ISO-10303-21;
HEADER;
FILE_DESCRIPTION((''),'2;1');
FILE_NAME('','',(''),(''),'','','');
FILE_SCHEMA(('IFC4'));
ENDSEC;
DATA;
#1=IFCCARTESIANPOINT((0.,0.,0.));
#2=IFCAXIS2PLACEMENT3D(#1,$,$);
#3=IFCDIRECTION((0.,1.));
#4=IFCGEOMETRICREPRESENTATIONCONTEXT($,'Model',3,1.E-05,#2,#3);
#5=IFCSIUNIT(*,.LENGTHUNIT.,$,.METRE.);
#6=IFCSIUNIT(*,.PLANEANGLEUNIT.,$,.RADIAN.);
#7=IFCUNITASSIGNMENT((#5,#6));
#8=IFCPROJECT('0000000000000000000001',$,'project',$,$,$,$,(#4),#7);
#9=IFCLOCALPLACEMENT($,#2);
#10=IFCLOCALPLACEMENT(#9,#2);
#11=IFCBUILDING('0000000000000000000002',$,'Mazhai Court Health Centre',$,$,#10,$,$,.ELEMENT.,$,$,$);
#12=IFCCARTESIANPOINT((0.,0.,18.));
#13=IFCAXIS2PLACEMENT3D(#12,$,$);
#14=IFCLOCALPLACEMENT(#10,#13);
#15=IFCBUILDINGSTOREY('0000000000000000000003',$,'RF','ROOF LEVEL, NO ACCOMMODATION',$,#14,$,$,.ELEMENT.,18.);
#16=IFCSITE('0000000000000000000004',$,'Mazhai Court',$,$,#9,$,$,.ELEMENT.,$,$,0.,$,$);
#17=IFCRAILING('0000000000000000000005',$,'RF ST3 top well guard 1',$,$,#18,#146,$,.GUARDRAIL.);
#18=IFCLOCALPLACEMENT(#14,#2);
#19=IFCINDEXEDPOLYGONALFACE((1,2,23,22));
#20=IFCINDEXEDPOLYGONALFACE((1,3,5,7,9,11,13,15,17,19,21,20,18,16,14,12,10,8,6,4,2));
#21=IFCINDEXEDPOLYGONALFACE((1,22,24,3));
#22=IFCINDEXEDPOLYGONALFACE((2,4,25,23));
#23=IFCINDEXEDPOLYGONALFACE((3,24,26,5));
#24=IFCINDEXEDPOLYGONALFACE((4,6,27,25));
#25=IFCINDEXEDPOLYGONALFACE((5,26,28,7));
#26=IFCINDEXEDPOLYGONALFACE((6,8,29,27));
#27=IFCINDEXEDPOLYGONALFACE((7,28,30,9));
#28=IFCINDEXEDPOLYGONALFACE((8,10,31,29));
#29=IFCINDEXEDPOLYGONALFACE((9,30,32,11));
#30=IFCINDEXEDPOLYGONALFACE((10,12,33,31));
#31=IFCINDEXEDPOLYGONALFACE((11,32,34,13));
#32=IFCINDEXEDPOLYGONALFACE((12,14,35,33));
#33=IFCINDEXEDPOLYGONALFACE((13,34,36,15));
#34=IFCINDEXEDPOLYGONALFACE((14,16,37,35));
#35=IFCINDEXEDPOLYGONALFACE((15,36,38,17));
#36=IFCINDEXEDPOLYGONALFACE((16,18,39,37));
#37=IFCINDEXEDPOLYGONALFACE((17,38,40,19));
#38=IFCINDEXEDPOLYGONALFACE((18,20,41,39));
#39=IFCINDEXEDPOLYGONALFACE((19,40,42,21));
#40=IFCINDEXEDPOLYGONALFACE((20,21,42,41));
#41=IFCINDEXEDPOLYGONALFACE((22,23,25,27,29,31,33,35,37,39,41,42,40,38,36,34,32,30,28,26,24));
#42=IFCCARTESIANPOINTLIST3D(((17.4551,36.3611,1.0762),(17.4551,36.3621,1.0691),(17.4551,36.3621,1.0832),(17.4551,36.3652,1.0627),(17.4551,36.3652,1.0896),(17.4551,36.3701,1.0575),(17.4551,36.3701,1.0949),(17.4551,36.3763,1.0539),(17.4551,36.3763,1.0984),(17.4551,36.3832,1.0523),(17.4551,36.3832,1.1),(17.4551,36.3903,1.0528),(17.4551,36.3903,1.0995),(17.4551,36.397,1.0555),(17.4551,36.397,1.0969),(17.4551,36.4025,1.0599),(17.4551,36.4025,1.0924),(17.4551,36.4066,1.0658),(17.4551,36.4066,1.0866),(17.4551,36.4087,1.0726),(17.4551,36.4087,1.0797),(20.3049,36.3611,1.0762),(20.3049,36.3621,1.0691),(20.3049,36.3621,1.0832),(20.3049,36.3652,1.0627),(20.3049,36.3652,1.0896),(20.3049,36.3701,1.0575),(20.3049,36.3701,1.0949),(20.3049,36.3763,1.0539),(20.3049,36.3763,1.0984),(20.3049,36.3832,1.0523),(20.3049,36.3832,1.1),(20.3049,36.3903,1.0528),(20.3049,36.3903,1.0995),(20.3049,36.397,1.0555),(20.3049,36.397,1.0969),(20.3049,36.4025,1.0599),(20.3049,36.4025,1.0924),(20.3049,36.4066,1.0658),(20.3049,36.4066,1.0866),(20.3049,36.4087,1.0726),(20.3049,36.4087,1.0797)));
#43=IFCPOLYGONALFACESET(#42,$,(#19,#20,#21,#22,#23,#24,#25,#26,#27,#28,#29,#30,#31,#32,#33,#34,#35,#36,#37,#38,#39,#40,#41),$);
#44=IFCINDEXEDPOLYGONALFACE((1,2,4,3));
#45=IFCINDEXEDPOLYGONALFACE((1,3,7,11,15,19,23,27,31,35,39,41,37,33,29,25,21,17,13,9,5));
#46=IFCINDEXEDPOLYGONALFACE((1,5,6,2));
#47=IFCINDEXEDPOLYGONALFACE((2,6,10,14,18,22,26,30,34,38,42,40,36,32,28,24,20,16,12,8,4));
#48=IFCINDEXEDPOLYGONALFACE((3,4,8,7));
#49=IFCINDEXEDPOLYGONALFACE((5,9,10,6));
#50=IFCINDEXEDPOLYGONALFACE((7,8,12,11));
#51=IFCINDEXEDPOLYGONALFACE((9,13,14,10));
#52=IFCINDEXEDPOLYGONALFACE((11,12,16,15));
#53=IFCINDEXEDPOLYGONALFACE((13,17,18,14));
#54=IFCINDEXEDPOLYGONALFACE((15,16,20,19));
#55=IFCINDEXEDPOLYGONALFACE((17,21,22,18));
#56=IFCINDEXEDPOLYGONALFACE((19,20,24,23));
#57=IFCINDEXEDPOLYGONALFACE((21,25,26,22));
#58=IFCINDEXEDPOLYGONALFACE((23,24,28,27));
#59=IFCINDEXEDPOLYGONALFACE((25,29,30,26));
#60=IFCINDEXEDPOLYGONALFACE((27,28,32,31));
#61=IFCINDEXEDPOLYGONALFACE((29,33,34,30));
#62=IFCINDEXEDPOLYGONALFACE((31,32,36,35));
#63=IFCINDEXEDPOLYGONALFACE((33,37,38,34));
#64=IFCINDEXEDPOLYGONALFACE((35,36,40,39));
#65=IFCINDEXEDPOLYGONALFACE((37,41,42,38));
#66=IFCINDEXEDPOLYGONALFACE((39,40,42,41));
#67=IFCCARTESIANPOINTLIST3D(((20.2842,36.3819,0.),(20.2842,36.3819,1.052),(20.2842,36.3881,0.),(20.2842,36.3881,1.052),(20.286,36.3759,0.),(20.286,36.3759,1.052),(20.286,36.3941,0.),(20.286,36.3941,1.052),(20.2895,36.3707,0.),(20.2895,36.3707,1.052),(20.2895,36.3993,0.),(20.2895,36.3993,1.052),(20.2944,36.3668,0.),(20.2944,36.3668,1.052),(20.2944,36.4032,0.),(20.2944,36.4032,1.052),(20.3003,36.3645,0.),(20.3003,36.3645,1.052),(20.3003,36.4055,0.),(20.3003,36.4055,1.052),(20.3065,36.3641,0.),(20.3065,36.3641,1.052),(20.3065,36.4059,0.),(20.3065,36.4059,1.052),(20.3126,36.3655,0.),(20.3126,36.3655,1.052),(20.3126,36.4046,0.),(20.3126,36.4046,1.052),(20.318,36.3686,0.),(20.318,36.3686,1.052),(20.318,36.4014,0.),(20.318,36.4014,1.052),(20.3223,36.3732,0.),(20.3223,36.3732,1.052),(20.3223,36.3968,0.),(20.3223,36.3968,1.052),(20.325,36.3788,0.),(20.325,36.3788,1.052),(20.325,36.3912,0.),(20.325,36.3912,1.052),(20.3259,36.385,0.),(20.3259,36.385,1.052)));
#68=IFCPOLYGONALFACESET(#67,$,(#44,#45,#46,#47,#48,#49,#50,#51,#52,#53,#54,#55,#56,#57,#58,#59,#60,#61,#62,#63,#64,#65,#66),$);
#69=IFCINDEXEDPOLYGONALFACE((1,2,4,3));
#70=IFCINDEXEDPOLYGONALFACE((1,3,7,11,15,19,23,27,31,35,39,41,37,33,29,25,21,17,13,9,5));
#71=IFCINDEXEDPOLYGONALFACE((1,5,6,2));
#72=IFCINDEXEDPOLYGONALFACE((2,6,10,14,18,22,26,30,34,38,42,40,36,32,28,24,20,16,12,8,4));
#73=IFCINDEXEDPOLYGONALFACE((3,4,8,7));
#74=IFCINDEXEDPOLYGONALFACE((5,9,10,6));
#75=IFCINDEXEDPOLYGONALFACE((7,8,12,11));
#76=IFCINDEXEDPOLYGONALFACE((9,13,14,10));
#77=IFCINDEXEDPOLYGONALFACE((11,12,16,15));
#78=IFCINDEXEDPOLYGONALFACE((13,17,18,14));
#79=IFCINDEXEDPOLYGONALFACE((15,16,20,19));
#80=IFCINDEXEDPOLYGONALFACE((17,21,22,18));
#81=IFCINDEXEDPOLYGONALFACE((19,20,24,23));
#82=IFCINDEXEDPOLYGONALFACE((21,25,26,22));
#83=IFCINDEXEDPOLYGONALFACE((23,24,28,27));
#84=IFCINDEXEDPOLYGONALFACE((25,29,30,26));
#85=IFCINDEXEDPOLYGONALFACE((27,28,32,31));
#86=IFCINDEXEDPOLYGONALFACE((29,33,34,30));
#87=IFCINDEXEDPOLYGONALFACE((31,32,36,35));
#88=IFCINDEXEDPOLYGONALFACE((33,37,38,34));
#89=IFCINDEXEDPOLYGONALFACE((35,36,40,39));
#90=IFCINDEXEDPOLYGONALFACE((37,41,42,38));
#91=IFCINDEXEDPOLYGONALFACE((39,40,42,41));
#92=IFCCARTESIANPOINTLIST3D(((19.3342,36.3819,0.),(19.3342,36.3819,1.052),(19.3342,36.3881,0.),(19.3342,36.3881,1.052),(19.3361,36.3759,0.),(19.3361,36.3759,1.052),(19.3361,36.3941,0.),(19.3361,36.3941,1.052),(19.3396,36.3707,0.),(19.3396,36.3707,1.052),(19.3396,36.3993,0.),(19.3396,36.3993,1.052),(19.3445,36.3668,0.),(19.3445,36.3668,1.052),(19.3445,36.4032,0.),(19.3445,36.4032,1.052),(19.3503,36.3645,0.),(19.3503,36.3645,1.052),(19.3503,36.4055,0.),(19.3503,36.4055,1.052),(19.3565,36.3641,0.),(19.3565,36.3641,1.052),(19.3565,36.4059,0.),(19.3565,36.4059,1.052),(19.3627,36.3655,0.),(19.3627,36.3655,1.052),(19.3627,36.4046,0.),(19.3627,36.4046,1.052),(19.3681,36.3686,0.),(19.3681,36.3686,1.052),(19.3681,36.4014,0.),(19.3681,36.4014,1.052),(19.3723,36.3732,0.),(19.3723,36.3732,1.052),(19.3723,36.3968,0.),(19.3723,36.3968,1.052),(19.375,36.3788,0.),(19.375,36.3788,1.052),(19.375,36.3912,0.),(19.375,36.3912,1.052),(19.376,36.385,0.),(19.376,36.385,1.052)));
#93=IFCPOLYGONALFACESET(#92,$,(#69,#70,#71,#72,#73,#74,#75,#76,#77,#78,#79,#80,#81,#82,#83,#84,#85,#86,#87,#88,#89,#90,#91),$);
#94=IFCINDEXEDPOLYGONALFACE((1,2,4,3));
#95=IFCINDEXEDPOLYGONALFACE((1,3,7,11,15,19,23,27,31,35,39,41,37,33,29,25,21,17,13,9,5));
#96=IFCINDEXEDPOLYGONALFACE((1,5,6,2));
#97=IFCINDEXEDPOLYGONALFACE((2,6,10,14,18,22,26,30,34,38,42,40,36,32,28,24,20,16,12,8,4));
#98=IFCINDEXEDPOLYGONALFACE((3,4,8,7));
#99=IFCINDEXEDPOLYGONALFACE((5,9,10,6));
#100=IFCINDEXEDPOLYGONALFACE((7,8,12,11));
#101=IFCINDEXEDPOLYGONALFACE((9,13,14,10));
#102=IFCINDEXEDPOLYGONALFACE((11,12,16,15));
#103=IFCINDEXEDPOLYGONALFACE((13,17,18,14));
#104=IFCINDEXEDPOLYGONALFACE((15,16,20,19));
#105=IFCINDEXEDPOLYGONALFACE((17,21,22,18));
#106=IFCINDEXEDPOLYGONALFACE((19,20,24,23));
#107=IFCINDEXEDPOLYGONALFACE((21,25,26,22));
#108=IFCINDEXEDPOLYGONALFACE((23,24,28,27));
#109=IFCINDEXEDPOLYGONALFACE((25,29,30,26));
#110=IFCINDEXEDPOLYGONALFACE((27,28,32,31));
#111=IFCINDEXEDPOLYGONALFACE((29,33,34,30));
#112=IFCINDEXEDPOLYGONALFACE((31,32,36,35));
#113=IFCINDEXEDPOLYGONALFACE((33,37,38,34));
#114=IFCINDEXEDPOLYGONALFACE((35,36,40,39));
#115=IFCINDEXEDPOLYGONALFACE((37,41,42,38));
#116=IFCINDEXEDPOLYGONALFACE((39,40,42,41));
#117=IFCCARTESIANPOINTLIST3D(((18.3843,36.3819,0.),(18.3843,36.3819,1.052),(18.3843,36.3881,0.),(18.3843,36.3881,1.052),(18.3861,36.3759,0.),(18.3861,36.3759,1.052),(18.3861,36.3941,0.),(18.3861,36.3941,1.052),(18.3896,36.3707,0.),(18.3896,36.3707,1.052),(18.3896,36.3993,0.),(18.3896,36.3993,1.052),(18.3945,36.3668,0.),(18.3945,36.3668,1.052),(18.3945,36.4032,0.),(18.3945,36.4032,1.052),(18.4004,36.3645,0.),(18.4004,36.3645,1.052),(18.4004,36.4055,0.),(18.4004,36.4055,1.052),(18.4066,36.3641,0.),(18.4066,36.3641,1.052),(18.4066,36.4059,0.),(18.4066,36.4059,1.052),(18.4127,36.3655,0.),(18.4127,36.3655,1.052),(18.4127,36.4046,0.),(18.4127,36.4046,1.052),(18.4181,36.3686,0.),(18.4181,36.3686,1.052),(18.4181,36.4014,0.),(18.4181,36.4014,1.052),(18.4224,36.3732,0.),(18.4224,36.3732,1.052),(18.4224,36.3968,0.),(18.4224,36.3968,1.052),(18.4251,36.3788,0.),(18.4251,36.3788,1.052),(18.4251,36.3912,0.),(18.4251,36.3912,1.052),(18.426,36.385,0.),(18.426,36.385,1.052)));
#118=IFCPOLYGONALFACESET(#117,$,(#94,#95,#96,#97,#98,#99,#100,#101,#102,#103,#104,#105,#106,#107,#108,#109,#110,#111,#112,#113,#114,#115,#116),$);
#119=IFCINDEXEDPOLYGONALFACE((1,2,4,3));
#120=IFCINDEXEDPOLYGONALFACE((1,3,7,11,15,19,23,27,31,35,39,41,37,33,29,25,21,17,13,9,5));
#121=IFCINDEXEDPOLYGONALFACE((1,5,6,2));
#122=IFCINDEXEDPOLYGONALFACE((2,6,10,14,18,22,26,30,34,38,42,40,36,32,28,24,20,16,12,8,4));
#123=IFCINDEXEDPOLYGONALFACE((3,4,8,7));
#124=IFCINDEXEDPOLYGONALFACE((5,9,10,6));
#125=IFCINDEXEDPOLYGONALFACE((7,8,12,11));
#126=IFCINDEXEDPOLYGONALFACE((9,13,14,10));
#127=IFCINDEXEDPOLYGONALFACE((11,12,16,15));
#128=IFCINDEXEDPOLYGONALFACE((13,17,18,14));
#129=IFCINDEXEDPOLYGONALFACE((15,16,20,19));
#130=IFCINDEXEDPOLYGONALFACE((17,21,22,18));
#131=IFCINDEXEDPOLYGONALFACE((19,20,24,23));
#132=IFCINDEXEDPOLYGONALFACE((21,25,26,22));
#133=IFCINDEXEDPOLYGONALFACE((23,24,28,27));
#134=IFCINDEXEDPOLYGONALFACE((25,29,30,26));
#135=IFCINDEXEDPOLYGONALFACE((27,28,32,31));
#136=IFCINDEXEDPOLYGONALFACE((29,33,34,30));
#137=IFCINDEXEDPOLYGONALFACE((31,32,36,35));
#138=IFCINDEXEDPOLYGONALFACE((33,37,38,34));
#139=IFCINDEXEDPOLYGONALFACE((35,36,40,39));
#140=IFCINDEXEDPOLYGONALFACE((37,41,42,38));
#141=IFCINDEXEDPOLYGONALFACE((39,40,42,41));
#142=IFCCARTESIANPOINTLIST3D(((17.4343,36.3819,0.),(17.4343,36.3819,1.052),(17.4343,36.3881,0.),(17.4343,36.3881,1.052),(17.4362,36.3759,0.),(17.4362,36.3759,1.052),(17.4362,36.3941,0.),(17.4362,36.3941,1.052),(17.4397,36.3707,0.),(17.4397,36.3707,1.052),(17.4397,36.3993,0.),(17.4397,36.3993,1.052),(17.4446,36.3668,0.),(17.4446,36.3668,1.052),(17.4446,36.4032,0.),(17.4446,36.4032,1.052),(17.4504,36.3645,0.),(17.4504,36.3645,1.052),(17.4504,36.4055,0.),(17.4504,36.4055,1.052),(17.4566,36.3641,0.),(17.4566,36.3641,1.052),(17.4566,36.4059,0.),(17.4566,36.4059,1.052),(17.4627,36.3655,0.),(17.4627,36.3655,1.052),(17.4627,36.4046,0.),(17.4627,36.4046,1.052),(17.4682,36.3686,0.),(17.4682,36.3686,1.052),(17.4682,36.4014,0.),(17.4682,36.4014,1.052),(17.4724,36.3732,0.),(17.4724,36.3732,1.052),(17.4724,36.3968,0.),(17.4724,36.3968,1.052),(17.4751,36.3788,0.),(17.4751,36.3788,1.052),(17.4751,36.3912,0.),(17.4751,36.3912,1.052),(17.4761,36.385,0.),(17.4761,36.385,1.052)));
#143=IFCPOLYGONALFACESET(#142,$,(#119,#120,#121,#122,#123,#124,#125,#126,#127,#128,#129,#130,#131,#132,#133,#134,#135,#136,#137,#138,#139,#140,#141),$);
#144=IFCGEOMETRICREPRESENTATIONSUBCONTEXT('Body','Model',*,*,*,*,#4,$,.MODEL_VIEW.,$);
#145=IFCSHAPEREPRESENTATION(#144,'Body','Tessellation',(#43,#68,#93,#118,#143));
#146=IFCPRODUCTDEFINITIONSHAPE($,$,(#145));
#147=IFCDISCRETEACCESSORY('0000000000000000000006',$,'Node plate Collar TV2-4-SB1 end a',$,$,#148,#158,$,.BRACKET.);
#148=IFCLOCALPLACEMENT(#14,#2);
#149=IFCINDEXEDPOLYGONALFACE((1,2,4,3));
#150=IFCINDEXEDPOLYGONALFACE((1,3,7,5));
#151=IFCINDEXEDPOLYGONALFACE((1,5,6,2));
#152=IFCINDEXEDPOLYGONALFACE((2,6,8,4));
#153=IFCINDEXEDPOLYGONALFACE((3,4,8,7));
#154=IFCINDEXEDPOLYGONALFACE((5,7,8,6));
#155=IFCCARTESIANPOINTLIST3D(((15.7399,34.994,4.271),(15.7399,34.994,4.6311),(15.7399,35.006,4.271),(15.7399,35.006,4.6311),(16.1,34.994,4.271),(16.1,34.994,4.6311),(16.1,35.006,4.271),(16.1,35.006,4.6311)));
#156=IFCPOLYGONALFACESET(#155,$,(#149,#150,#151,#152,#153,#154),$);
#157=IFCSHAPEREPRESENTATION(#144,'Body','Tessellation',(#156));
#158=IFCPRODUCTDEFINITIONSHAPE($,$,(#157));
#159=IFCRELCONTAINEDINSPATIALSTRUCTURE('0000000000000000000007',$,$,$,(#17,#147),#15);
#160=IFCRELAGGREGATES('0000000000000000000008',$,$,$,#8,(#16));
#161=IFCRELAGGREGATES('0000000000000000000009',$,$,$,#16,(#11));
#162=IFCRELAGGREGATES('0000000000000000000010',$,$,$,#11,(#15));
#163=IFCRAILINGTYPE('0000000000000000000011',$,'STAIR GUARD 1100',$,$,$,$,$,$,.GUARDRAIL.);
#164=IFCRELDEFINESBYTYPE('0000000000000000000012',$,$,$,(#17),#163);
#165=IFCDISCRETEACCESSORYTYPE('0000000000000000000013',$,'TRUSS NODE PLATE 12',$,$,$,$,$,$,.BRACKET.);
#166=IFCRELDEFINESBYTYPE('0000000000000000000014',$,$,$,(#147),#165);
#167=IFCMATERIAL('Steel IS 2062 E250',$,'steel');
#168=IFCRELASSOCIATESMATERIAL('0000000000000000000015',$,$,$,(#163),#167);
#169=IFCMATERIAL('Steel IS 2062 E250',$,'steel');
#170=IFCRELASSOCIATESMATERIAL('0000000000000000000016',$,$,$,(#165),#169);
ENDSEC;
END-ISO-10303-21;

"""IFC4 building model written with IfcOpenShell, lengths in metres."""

from ifc_helpers import new_model, si_unit, direction, frame, origin, origin_2d, place, context, subcontext, project, spatial, rectangle, circle, extrude, material, type_object, element, save


model = new_model("IFC4")

# Units and contexts
model_context = context("Model", 3, precision=1e-05, world=origin(), true_north=direction((0.0, 1.0)))
body_context = subcontext(model_context, "Body", "Model", "MODEL_VIEW")
ifc_project = project(units=[si_unit("LENGTHUNIT", "METRE"), si_unit("PLANEANGLEUNIT", "RADIAN")], contexts=[model_context])

# Site, building, storey
site_placement = place(None, origin())
site = spatial("IfcSite", under=ifc_project, at=site_placement, Name="Mazhai Court", CompositionType="ELEMENT", RefElevation=0.0)
building_placement = place(site_placement, origin())
building = spatial("IfcBuilding", under=site, at=building_placement, Name="Mazhai Court Health Centre", CompositionType="ELEMENT")
storey_placement = place(building_placement, frame((0.0, 0.0, 18.0)))
storey = spatial("IfcBuildingStorey", under=building, at=storey_placement, Name="RF", Description="ROOF LEVEL, NO ACCOMMODATION", CompositionType="ELEMENT", Elevation=18.0)

# Railing
ifc_material_1 = material(Name="Steel IS 2062 E250", Category="steel")
railing_type = type_object("IfcRailingType", Name="STAIR GUARD 1100", PredefinedType="GUARDRAIL", material=ifc_material_1)
railing_placement = place(storey_placement, frame((20.3049, 36.385, 0.0)))
element("IfcRailing", 1, at=railing_placement, inside=storey, type_object=railing_type, Name="RF ST3 top well guard 1", PredefinedType="GUARDRAIL", context=body_context, shape_type="SweptSolid", body=[
    extrude(circle(Radius=0.0239, at=origin_2d()), frame((0.0, 0.0, 1.0762), z_axis=(-1.0, 0.0, 0.0), x_axis=(0.0, -1.0, 0.0)), (0.0, 0.0, 1.0), 2.8499),
    extrude(circle(Radius=0.021, at=origin_2d()), origin(), (0.0, 0.0, 1.0), 1.052),
    extrude(circle(Radius=0.021, at=origin_2d()), frame((-0.95, 0.0, 0.0)), (0.0, 0.0, 1.0), 1.052),
    extrude(circle(Radius=0.021, at=origin_2d()), frame((-1.8999, 0.0, 0.0)), (0.0, 0.0, 1.0), 1.052),
    extrude(circle(Radius=0.021, at=origin_2d()), frame((-2.8499, 0.0, 0.0)), (0.0, 0.0, 1.0), 1.052),
])

# Discrete accessory
ifc_material_2 = material(Name="Steel IS 2062 E250", Category="steel")
discrete_accessory_type = type_object("IfcDiscreteAccessoryType", Name="TRUSS NODE PLATE 12", PredefinedType="BRACKET", material=ifc_material_2)
discrete_accessory_placement = place(storey_placement, frame((15.9199, 35.0, 4.271), z_axis=(0.0, 0.0, 1.0), x_axis=(1.0, 0.0, 0.0)))
element("IfcDiscreteAccessory", 2, at=discrete_accessory_placement, inside=storey, type_object=discrete_accessory_type, Name="Node plate Collar TV2-4-SB1 end a", PredefinedType="BRACKET", context=body_context, shape_type="SweptSolid", body=[
    extrude(rectangle(XDim=0.3601, YDim=0.012, at=origin_2d()), origin(), (0.0, 0.0, 1.0), 0.3601),
])

save(model, "model.ifc")
